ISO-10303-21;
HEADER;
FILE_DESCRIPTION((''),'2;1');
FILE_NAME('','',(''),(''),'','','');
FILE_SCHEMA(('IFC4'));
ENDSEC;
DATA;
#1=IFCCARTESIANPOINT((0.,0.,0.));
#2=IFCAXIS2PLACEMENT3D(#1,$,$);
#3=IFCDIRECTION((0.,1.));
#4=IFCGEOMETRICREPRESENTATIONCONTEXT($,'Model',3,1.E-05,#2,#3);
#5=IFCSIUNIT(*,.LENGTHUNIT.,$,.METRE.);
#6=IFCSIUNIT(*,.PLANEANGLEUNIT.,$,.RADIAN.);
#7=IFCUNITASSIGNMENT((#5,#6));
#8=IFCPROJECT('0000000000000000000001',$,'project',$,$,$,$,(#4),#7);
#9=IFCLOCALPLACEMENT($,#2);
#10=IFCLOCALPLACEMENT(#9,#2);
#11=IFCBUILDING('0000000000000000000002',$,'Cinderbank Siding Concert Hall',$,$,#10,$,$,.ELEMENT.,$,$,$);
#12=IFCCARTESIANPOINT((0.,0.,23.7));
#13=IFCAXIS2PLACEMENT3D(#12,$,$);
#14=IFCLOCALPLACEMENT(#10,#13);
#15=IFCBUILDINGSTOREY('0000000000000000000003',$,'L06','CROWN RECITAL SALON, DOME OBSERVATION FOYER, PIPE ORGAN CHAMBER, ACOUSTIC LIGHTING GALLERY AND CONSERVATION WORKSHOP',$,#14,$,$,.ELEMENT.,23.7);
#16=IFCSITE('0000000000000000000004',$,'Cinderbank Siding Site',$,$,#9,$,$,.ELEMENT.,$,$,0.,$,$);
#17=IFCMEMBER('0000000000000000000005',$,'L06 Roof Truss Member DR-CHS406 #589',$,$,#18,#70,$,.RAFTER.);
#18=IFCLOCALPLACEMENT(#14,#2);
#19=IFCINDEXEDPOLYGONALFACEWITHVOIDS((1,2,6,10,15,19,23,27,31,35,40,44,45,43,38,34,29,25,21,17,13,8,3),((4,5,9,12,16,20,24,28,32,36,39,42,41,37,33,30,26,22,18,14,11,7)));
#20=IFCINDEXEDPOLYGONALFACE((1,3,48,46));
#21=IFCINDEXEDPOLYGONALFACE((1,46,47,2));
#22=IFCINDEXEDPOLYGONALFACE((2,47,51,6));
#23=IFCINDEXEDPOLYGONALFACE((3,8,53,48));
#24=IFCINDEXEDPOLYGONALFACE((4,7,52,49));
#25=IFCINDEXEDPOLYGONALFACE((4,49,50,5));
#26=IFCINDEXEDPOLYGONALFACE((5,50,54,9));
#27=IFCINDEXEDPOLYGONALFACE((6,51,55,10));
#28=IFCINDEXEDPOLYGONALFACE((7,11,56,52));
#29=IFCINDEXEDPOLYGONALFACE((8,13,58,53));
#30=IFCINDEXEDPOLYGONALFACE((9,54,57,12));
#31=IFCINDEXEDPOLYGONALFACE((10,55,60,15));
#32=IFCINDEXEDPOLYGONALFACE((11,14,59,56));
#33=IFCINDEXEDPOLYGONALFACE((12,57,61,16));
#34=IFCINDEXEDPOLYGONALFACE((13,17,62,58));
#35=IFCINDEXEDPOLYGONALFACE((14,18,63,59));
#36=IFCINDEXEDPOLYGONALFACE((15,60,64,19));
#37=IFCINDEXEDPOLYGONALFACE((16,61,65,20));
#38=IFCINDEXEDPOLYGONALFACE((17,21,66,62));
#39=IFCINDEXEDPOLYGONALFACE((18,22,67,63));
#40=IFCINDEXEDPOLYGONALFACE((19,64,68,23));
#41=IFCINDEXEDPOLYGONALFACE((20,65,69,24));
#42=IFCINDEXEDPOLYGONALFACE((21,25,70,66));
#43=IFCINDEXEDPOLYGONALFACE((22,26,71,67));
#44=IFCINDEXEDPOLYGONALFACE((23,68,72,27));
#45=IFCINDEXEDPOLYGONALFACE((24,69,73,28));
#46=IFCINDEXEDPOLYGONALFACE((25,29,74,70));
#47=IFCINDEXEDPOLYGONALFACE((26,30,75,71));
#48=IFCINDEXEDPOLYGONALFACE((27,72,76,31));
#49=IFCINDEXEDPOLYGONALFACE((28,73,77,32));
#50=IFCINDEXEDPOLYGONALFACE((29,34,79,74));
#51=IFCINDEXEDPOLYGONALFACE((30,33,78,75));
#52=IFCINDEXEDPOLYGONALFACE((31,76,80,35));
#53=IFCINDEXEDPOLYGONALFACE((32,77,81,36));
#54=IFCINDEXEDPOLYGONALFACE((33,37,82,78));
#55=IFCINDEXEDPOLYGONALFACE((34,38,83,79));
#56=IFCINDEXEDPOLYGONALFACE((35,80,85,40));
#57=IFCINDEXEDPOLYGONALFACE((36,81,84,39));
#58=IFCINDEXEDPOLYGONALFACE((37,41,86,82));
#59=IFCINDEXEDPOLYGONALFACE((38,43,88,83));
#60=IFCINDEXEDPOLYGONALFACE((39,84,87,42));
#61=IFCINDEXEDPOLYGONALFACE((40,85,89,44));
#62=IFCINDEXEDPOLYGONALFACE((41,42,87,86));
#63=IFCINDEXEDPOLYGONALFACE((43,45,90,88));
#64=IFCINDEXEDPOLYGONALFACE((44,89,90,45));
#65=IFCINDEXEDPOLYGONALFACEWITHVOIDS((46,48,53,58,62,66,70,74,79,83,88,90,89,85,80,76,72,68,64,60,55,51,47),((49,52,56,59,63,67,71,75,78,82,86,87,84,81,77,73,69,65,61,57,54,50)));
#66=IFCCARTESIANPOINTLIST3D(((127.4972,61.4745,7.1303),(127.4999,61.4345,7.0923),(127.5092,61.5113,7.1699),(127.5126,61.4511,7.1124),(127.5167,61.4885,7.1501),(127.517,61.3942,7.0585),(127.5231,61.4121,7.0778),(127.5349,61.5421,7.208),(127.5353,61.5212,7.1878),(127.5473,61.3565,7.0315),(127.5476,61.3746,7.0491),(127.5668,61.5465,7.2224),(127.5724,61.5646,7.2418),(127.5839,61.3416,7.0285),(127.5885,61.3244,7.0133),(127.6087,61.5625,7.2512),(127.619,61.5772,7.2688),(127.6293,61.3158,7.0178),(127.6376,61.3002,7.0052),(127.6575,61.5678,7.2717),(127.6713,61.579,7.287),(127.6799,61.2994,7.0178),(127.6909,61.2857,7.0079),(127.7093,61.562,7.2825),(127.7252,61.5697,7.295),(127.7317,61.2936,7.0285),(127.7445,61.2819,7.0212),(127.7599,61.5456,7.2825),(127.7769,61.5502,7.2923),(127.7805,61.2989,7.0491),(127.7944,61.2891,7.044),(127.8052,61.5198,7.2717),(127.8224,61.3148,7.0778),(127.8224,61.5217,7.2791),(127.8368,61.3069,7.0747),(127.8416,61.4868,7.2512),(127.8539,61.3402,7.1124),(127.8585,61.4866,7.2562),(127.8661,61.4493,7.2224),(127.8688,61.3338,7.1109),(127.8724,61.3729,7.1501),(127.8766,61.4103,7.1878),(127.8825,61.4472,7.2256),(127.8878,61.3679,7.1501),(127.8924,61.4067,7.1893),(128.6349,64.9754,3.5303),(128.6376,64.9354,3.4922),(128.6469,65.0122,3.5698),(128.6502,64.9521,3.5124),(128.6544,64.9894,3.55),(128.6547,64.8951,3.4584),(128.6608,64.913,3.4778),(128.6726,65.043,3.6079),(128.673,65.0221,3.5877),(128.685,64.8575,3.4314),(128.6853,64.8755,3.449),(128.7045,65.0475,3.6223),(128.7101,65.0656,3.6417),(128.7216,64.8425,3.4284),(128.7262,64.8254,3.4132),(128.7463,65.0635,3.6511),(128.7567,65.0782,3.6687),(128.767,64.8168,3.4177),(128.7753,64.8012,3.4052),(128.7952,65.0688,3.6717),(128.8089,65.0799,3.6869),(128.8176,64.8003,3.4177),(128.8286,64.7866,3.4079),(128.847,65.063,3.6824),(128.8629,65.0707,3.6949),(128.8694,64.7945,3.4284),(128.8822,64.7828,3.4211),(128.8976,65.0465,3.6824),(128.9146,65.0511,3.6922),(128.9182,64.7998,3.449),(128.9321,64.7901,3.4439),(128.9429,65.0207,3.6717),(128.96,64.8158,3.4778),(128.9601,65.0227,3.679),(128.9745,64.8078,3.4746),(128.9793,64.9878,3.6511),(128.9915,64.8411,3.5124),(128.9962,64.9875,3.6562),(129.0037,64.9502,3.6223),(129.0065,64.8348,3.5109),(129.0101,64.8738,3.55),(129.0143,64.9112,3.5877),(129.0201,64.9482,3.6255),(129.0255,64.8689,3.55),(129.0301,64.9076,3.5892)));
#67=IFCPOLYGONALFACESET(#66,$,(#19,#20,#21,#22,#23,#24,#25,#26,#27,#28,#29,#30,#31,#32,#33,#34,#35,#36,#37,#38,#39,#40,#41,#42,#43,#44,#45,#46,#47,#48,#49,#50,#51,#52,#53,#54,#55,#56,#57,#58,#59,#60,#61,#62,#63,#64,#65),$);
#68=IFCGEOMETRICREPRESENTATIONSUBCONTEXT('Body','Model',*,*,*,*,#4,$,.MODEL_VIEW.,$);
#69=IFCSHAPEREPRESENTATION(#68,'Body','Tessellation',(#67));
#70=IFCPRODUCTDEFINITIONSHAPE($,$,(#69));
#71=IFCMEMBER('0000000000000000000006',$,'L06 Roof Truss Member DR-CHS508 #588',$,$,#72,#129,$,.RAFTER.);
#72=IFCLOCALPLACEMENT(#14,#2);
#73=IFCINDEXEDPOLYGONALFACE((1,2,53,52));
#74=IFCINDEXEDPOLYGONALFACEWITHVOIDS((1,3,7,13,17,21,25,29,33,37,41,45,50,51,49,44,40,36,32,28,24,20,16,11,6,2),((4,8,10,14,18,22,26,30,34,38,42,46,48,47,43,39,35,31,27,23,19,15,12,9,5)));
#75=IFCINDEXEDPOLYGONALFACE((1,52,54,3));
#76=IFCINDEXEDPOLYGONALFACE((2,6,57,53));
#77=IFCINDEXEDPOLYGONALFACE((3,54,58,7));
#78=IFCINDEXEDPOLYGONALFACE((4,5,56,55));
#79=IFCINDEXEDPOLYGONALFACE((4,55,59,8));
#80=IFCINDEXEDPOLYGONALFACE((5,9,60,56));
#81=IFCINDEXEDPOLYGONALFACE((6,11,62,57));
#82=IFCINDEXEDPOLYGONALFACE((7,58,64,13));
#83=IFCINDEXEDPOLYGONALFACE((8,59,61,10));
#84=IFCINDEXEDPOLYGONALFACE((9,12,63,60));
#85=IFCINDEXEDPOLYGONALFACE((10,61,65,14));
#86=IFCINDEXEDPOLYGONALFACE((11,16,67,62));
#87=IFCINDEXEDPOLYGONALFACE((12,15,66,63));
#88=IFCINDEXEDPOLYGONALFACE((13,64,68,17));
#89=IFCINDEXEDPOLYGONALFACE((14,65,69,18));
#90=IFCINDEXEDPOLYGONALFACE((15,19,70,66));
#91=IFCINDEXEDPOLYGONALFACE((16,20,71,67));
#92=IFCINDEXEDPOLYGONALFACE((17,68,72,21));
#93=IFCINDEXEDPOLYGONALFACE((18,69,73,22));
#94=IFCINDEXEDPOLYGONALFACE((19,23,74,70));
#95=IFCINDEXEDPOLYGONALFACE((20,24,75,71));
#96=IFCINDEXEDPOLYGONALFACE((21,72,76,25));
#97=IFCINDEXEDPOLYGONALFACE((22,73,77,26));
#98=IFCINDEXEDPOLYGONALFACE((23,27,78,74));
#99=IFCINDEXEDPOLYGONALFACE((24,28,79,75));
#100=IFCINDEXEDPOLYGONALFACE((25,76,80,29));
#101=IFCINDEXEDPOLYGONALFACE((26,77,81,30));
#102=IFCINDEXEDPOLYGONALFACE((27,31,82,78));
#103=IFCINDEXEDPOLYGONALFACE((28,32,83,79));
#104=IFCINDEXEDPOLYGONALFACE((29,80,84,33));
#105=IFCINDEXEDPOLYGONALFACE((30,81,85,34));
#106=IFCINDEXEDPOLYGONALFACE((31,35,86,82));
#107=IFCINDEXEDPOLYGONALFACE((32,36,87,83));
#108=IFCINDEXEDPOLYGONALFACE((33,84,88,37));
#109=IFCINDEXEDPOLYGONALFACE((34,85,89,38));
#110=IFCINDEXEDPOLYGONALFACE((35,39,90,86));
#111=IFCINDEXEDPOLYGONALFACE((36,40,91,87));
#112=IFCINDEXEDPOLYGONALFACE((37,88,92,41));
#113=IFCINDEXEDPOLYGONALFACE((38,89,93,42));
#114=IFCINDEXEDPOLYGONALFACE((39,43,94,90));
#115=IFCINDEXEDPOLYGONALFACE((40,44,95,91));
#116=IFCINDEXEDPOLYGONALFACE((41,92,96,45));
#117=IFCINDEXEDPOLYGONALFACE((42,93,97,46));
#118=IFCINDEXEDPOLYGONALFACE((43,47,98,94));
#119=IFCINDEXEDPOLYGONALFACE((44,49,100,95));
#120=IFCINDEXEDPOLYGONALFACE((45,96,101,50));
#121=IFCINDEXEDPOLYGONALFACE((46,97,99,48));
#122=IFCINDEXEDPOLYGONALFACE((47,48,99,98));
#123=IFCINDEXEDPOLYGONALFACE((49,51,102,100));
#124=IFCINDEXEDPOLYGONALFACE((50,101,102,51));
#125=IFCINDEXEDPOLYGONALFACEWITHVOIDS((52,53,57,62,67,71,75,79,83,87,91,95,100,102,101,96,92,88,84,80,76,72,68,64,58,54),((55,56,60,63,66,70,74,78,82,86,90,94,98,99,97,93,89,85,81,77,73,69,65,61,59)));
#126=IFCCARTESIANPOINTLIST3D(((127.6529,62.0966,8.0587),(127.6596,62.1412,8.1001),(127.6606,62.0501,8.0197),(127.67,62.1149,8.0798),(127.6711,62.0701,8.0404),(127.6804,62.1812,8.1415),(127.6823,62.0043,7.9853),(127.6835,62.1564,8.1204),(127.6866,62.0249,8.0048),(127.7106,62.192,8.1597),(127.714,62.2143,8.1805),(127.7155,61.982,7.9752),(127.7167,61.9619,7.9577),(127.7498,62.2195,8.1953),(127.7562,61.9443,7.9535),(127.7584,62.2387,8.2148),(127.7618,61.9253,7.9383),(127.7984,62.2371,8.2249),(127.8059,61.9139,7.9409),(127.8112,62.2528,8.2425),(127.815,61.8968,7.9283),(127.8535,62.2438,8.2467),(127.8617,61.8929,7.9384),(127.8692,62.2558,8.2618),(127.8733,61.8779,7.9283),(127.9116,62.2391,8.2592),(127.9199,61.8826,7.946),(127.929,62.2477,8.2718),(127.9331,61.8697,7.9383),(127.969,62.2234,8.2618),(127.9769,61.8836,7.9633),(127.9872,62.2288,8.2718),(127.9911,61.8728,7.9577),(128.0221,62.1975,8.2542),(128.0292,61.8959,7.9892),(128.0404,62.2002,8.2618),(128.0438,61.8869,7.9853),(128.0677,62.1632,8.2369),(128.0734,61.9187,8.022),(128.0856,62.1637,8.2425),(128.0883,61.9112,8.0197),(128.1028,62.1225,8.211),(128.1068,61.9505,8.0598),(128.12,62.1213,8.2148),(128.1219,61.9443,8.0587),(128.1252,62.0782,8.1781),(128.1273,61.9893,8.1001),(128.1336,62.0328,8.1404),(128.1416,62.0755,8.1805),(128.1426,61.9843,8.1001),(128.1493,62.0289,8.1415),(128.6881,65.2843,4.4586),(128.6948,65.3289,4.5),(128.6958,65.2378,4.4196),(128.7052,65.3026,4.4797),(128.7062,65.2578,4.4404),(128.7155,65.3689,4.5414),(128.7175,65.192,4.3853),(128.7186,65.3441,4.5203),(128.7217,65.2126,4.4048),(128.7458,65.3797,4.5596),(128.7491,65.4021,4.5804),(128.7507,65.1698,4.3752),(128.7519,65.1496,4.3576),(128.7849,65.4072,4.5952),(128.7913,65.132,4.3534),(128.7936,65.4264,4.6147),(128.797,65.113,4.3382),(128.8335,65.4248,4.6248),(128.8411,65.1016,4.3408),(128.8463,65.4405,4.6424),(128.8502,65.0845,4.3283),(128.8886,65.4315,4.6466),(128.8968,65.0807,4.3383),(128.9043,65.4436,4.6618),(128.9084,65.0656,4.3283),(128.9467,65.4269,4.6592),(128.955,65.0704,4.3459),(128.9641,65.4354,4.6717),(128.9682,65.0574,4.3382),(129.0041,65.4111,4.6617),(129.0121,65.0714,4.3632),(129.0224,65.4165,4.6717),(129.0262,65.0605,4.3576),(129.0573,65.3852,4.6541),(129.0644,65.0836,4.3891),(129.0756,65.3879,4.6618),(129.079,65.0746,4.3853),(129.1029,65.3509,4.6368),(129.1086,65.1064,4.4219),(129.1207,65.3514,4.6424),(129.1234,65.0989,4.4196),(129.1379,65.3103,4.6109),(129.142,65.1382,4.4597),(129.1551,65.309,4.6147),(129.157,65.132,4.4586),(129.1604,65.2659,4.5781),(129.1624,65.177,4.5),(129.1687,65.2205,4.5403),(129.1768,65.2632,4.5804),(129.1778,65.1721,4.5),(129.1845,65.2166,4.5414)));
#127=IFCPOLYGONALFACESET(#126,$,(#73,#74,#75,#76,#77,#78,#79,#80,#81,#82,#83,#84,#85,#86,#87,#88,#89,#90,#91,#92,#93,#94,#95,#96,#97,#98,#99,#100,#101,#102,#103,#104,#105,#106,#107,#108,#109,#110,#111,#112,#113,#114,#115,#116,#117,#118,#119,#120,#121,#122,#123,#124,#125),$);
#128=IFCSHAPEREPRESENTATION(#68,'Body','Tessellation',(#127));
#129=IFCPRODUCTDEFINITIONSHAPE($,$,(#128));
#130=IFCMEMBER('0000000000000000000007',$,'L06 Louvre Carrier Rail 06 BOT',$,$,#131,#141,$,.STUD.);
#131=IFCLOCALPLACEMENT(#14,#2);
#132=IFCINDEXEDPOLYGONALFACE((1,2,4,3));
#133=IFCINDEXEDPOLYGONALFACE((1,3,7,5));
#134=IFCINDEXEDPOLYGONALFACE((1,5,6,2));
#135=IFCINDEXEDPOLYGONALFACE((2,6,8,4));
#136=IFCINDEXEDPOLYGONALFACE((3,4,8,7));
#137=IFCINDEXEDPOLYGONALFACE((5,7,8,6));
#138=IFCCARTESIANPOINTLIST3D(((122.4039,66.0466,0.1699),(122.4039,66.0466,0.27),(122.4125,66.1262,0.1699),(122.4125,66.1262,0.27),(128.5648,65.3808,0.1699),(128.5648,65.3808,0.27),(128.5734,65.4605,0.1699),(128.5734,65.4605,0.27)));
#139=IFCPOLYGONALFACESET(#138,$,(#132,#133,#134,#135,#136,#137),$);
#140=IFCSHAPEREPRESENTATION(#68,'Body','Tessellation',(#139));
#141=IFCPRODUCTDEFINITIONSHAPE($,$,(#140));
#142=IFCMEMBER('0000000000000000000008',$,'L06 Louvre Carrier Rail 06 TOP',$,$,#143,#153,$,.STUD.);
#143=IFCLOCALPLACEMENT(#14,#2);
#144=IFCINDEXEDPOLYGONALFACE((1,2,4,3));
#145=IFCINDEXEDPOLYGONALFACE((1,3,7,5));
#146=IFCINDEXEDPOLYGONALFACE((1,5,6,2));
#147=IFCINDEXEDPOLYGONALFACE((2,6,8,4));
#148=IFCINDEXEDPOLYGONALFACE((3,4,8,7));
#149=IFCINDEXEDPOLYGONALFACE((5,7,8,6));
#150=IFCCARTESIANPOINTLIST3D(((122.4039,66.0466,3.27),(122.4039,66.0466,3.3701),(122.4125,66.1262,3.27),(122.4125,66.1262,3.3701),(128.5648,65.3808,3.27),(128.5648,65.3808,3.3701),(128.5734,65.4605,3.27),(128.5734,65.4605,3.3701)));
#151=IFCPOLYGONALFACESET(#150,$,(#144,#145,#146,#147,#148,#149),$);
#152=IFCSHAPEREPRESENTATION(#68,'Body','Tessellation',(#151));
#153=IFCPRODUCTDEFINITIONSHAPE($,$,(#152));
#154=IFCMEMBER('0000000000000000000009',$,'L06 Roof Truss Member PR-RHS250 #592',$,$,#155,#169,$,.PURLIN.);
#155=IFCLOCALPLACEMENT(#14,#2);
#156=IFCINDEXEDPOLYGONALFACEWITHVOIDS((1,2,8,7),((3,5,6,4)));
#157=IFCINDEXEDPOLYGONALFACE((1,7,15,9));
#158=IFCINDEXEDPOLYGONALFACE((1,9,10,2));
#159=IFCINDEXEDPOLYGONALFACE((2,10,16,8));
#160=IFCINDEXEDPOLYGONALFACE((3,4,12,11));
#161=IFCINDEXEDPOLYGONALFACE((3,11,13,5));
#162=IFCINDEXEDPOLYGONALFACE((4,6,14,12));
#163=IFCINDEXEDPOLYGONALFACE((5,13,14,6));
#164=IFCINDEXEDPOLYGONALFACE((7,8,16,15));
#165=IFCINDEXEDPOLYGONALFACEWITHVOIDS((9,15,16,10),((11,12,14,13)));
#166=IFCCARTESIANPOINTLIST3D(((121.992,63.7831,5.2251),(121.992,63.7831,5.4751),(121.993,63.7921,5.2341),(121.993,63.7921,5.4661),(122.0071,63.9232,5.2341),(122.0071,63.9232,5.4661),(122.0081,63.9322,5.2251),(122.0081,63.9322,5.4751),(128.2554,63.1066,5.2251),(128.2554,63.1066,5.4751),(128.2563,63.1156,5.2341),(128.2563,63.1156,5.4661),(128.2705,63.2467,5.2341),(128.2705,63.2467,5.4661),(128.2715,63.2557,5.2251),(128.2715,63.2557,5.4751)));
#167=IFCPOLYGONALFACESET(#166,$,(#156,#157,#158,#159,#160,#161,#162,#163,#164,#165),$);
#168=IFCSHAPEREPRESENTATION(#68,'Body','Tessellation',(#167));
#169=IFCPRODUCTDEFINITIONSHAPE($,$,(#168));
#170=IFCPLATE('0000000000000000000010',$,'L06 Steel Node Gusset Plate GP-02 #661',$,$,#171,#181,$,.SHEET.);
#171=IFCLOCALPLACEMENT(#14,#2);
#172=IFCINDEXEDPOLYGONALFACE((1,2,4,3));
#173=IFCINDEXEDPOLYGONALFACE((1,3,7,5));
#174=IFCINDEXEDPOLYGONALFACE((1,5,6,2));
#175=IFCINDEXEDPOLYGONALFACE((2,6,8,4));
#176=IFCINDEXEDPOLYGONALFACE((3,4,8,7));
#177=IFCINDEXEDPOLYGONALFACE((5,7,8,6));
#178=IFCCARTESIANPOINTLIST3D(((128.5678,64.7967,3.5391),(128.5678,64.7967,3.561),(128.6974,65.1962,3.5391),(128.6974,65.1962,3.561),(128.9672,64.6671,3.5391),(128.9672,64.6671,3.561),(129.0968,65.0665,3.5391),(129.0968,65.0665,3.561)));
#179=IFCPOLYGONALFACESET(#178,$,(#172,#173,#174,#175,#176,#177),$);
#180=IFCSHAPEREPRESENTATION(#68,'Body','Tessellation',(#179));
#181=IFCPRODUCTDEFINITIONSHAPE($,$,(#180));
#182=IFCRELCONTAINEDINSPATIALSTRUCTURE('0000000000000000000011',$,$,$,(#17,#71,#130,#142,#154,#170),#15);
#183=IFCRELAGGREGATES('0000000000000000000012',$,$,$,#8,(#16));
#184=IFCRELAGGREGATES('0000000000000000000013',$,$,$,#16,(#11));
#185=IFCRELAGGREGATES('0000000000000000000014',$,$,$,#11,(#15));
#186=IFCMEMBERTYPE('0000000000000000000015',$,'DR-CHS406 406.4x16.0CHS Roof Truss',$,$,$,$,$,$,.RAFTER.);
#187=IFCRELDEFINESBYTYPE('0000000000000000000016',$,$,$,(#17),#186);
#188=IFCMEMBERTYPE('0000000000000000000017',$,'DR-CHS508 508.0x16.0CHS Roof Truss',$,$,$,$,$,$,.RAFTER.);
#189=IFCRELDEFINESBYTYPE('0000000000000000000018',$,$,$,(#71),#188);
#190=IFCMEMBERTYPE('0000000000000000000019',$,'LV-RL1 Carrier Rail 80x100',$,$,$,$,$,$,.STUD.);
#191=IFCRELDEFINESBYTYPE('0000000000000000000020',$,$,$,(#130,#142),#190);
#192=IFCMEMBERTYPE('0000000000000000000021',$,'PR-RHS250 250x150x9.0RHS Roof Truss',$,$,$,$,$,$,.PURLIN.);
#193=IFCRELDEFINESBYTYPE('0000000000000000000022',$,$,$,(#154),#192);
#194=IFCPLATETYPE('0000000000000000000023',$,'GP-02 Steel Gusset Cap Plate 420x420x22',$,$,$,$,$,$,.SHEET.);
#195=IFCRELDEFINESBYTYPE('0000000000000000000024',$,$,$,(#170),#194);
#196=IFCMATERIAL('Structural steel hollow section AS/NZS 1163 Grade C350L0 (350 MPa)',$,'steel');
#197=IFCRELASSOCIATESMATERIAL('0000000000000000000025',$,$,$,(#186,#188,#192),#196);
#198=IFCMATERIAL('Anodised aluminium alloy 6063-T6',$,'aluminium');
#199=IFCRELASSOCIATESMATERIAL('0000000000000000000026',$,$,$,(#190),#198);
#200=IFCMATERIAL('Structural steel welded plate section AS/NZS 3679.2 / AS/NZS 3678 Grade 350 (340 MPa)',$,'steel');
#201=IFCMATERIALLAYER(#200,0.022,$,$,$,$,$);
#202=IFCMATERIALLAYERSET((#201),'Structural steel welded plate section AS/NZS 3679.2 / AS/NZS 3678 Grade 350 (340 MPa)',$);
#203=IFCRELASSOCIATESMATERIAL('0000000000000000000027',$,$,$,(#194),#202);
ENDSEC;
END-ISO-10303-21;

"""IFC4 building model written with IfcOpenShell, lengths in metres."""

from ifc_helpers import new_model, si_unit, direction, frame, origin, origin_2d, place, context, subcontext, project, spatial, rectangle, hollow_rectangle, hollow_circle, extrude, material, layer, layer_set, material_profile, profile_set, type_object, element, save


model = new_model("IFC4")

# Units and contexts
model_context = context("Model", 3, precision=1e-05, world=origin(), true_north=direction((0.0, 1.0)))
body_context = subcontext(model_context, "Body", "Model", "MODEL_VIEW")
ifc_project = project(units=[si_unit("LENGTHUNIT", "METRE"), si_unit("PLANEANGLEUNIT", "RADIAN")], contexts=[model_context])

# Site, building, storey
site_placement = place(None, origin())
site = spatial("IfcSite", under=ifc_project, at=site_placement, Name="Cinderbank Siding Site", CompositionType="ELEMENT", RefElevation=0.0)
building_placement = place(site_placement, origin())
building = spatial("IfcBuilding", under=site, at=building_placement, Name="Cinderbank Siding Concert Hall", CompositionType="ELEMENT")
storey_placement = place(building_placement, frame((0.0, 0.0, 23.7)))
storey = spatial("IfcBuildingStorey", under=building, at=storey_placement, Name="L06", Description="CROWN RECITAL SALON, DOME OBSERVATION FOYER, PIPE ORGAN CHAMBER, ACOUSTIC LIGHTING GALLERY AND CONSERVATION WORKSHOP", CompositionType="ELEMENT", Elevation=23.7)

# Shared definitions
ifc_material_1 = material(Name="Structural steel welded plate section AS/NZS 3679.2 / AS/NZS 3678 Grade 350 (340 MPa)", Category="steel")

# Members
ifc_material_2 = material(Name="Structural steel hollow section AS/NZS 1163 Grade C350L0 (350 MPa)", Category="steel")
ifc_material_profile_1 = material_profile(ifc_material_2, hollow_circle(Radius=0.2031, WallThickness=0.0161, at=origin_2d()), Name="406.4x16.0CHS", Category="LoadBearing")
ifc_profile_set_1 = profile_set([ifc_material_profile_1], Name="Structural steel hollow section AS/NZS 1163 Grade C350L0 (350 MPa)")
member_type_1 = type_object("IfcMemberType", Name="DR-CHS406 406.4x16.0CHS Roof Truss", PredefinedType="RAFTER", material=ifc_profile_set_1)
member_1_placement = place(storey_placement, frame((128.8323, 64.9316, 3.55), z_axis=(-0.220956, -0.679937, 0.699188), x_axis=(0.951044, -0.309056, 0.0)))
element("IfcMember", 1, at=member_1_placement, inside=storey, type_object=member_type_1, Name="L06 Roof Truss Member DR-CHS406 #589", PredefinedType="RAFTER", context=body_context, shape_type="SweptSolid", body=[
    extrude(hollow_circle(Radius=0.2031, WallThickness=0.0161, at=origin_2d()), origin(), (0.0, 0.0, 1.0), 5.1489),
])
ifc_material_profile_2 = material_profile(ifc_material_2, hollow_circle(Radius=0.2539, WallThickness=0.0161, at=origin_2d()), Name="508.0x16.0CHS", Category="LoadBearing")
ifc_profile_set_2 = profile_set([ifc_material_profile_2], Name="Structural steel hollow section AS/NZS 1163 Grade C350L0 (350 MPa)")
member_type_2 = type_object("IfcMemberType", Name="DR-CHS508 508.0x16.0CHS Roof Truss", PredefinedType="RAFTER", material=ifc_profile_set_2)
member_2_placement = place(storey_placement, frame((128.9363, 65.2505, 4.5), z_axis=(-0.210452, -0.648082, 0.731915), x_axis=(0.95111, -0.308854, 0.0)))
element("IfcMember", 2, at=member_2_placement, inside=storey, type_object=member_type_2, Name="L06 Roof Truss Member DR-CHS508 #588", PredefinedType="RAFTER", context=body_context, shape_type="SweptSolid", body=[
    extrude(hollow_circle(Radius=0.2539, WallThickness=0.0161, at=origin_2d()), origin(), (0.0, 0.0, 1.0), 4.9187),
])
ifc_material_3 = material(Name="Anodised aluminium alloy 6063-T6", Category="aluminium")
ifc_material_profile_3 = material_profile(ifc_material_3, rectangle(XDim=0.0801, YDim=0.1001, at=origin_2d()), Name="ALU-RAIL-80x100", Category="LoadBearing")
ifc_profile_set_3 = profile_set([ifc_material_profile_3], Name="Anodised aluminium alloy 6063-T6")
member_type_3 = type_object("IfcMemberType", Name="LV-RL1 Carrier Rail 80x100", PredefinedType="STUD", material=ifc_profile_set_3)
for number, where, z_axis, x_axis, name in (
    (3, (128.5691, 65.4207, 0.22), (-0.994212, 0.107439, 0.0), (-0.107439, -0.994212, 0.0), "L06 Louvre Carrier Rail 06 BOT"),
    (4, (128.5691, 65.4207, 3.3201), (-0.994212, 0.107439, 0.0), (-0.107439, -0.994212, 0.0), "L06 Louvre Carrier Rail 06 TOP"),
):
    element("IfcMember", number, at=place(storey_placement, frame(where, z_axis=z_axis, x_axis=x_axis)), inside=storey, type_object=member_type_3, Name=name, PredefinedType="STUD", context=body_context, shape_type="SweptSolid", body=[
        extrude(rectangle(XDim=0.0801, YDim=0.1001, at=origin_2d()), origin(), (0.0, 0.0, 1.0), 6.1968),
    ])
ifc_material_profile_4 = material_profile(ifc_material_2, hollow_rectangle(XDim=0.1499, YDim=0.25, WallThickness=0.009, at=origin_2d()), Name="250x150x9.0RHS", Category="LoadBearing")
ifc_profile_set_4 = profile_set([ifc_material_profile_4], Name="Structural steel hollow section AS/NZS 1163 Grade C350L0 (350 MPa)")
member_type_4 = type_object("IfcMemberType", Name="PR-RHS250 250x150x9.0RHS Roof Truss", PredefinedType="PURLIN", material=ifc_profile_set_4)
member_3_placement = place(storey_placement, frame((128.2634, 63.1812, 5.3501), z_axis=(-0.994217, 0.107386, 0.0), x_axis=(-0.107386, -0.994217, 0.0)))
element("IfcMember", 5, at=member_3_placement, inside=storey, type_object=member_type_4, Name="L06 Roof Truss Member PR-RHS250 #592", PredefinedType="PURLIN", context=body_context, shape_type="SweptSolid", body=[
    extrude(hollow_rectangle(XDim=0.1499, YDim=0.25, WallThickness=0.009, at=origin_2d()), origin(), (0.0, 0.0, 1.0), 6.2998),
])

# Plate
ifc_layer_1 = layer(ifc_material_1, 0.022)
ifc_layer_set_1 = layer_set([ifc_layer_1], Name="Structural steel welded plate section AS/NZS 3679.2 / AS/NZS 3678 Grade 350 (340 MPa)")
plate_type_1 = type_object("IfcPlateType", Name="GP-02 Steel Gusset Cap Plate 420x420x22", PredefinedType="SHEET", material=ifc_layer_set_1)
plate_1_placement = place(storey_placement, frame((128.8323, 64.9316, 3.5391), z_axis=(0.0, 0.0, 1.0), x_axis=(-0.308685, -0.951164, 0.0)))
element("IfcPlate", 6, at=plate_1_placement, inside=storey, type_object=plate_type_1, Name="L06 Steel Node Gusset Plate GP-02 #661", PredefinedType="SHEET", context=body_context, shape_type="SweptSolid", body=[
    extrude(rectangle(XDim=0.4199, YDim=0.4199, at=origin_2d()), origin(), (0.0, 0.0, 1.0), 0.022),
])

save(model, "model.ifc")
